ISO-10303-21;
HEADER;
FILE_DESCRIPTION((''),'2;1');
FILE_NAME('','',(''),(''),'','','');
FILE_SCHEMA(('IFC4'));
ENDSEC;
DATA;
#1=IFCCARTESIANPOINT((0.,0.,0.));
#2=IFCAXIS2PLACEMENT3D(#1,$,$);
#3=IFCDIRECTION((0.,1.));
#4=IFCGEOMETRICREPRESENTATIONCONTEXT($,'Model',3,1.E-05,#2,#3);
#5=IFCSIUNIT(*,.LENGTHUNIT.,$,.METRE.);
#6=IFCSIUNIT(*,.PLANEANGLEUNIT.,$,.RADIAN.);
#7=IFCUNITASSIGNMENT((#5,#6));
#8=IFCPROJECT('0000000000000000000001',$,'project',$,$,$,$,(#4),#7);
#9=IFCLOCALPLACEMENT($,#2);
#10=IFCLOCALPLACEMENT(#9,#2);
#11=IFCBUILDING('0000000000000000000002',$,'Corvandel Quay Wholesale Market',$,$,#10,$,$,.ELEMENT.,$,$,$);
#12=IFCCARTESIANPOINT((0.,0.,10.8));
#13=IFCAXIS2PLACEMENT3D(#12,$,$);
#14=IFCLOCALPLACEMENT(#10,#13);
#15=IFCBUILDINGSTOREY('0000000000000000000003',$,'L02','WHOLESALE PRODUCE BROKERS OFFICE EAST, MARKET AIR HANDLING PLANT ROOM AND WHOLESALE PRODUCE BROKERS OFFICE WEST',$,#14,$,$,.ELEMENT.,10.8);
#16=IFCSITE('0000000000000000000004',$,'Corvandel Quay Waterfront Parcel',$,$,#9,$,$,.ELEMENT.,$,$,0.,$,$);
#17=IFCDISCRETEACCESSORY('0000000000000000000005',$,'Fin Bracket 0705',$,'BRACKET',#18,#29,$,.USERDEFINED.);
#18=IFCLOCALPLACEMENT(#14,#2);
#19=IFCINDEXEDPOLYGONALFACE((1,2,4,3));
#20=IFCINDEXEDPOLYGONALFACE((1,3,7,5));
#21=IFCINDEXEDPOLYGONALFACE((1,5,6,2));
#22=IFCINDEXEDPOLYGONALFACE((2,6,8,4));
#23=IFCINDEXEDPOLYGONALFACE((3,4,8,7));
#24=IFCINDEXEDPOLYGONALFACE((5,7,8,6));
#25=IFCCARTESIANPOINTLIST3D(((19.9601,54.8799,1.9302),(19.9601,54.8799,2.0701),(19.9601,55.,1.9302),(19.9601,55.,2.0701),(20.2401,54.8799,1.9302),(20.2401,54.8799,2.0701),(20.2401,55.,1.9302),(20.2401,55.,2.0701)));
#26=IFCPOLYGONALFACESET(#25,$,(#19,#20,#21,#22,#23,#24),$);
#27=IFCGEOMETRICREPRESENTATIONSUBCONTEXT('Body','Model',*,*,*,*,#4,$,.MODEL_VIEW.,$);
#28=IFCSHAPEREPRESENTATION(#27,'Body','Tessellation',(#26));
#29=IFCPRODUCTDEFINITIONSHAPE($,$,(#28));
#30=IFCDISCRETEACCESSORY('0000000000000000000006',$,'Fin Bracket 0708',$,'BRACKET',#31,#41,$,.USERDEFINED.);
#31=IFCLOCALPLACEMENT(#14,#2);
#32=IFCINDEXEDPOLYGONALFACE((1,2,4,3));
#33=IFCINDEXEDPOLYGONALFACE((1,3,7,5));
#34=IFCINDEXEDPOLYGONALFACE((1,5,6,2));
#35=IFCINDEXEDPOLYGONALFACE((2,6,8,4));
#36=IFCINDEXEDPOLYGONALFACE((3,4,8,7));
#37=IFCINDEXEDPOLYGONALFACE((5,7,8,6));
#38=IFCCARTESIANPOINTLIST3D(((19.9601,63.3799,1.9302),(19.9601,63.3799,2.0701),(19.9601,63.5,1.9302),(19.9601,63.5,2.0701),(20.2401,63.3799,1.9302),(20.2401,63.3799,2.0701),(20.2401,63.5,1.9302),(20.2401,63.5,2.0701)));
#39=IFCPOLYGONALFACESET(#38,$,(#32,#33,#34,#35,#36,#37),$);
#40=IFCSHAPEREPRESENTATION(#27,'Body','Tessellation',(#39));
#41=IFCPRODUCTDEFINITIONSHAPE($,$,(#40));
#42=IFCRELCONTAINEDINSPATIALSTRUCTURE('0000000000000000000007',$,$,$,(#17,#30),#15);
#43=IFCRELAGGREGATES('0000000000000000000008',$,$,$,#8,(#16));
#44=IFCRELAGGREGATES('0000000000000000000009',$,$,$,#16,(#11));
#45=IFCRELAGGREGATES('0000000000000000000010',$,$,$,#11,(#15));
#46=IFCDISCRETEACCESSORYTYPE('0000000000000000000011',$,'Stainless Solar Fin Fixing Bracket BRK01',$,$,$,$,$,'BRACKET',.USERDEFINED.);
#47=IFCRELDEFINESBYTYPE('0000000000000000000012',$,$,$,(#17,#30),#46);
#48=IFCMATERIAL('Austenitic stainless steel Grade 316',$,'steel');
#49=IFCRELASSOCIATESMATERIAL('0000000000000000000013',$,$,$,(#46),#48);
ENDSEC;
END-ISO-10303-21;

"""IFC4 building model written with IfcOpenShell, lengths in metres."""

from ifc_helpers import new_model, si_unit, direction, frame, origin, origin_2d, place, context, subcontext, project, spatial, rectangle, extrude, material, type_object, element, save


model = new_model("IFC4")

# Units and contexts
model_context = context("Model", 3, precision=1e-05, world=origin(), true_north=direction((0.0, 1.0)))
body_context = subcontext(model_context, "Body", "Model", "MODEL_VIEW")
ifc_project = project(units=[si_unit("LENGTHUNIT", "METRE"), si_unit("PLANEANGLEUNIT", "RADIAN")], contexts=[model_context])

# Site, building, storey
site_placement = place(None, origin())
site = spatial("IfcSite", under=ifc_project, at=site_placement, Name="Corvandel Quay Waterfront Parcel", CompositionType="ELEMENT", RefElevation=0.0)
building_placement = place(site_placement, origin())
building = spatial("IfcBuilding", under=site, at=building_placement, Name="Corvandel Quay Wholesale Market", CompositionType="ELEMENT")
storey_placement = place(building_placement, frame((0.0, 0.0, 10.8)))
storey = spatial("IfcBuildingStorey", under=building, at=storey_placement, Name="L02", Description="WHOLESALE PRODUCE BROKERS OFFICE EAST, MARKET AIR HANDLING PLANT ROOM AND WHOLESALE PRODUCE BROKERS OFFICE WEST", CompositionType="ELEMENT", Elevation=10.8)

# Discrete accessories
ifc_material_1 = material(Name="Austenitic stainless steel Grade 316", Category="steel")
discrete_accessory_type = type_object("IfcDiscreteAccessoryType", Name="Stainless Solar Fin Fixing Bracket BRK01", ElementType="BRACKET", PredefinedType="USERDEFINED", material=ifc_material_1)
for number, where, z_axis, x_axis, name in (
    (1, (20.1001, 54.9399, 1.9302), (0.0, 0.0, 1.0), (1.0, 0.0, 0.0), "Fin Bracket 0705"),
    (2, (20.1001, 63.4399, 1.9302), (0.0, 0.0, 1.0), (1.0, 0.0, 0.0), "Fin Bracket 0708"),
):
    element("IfcDiscreteAccessory", number, at=place(storey_placement, frame(where, z_axis=z_axis, x_axis=x_axis)), inside=storey, type_object=discrete_accessory_type, Name=name, ObjectType="BRACKET", PredefinedType="USERDEFINED", context=body_context, shape_type="SweptSolid", body=[
        extrude(rectangle(XDim=0.28, YDim=0.1201, at=origin_2d()), origin(), (0.0, 0.0, 1.0), 0.1399),
    ])

save(model, "model.ifc")
